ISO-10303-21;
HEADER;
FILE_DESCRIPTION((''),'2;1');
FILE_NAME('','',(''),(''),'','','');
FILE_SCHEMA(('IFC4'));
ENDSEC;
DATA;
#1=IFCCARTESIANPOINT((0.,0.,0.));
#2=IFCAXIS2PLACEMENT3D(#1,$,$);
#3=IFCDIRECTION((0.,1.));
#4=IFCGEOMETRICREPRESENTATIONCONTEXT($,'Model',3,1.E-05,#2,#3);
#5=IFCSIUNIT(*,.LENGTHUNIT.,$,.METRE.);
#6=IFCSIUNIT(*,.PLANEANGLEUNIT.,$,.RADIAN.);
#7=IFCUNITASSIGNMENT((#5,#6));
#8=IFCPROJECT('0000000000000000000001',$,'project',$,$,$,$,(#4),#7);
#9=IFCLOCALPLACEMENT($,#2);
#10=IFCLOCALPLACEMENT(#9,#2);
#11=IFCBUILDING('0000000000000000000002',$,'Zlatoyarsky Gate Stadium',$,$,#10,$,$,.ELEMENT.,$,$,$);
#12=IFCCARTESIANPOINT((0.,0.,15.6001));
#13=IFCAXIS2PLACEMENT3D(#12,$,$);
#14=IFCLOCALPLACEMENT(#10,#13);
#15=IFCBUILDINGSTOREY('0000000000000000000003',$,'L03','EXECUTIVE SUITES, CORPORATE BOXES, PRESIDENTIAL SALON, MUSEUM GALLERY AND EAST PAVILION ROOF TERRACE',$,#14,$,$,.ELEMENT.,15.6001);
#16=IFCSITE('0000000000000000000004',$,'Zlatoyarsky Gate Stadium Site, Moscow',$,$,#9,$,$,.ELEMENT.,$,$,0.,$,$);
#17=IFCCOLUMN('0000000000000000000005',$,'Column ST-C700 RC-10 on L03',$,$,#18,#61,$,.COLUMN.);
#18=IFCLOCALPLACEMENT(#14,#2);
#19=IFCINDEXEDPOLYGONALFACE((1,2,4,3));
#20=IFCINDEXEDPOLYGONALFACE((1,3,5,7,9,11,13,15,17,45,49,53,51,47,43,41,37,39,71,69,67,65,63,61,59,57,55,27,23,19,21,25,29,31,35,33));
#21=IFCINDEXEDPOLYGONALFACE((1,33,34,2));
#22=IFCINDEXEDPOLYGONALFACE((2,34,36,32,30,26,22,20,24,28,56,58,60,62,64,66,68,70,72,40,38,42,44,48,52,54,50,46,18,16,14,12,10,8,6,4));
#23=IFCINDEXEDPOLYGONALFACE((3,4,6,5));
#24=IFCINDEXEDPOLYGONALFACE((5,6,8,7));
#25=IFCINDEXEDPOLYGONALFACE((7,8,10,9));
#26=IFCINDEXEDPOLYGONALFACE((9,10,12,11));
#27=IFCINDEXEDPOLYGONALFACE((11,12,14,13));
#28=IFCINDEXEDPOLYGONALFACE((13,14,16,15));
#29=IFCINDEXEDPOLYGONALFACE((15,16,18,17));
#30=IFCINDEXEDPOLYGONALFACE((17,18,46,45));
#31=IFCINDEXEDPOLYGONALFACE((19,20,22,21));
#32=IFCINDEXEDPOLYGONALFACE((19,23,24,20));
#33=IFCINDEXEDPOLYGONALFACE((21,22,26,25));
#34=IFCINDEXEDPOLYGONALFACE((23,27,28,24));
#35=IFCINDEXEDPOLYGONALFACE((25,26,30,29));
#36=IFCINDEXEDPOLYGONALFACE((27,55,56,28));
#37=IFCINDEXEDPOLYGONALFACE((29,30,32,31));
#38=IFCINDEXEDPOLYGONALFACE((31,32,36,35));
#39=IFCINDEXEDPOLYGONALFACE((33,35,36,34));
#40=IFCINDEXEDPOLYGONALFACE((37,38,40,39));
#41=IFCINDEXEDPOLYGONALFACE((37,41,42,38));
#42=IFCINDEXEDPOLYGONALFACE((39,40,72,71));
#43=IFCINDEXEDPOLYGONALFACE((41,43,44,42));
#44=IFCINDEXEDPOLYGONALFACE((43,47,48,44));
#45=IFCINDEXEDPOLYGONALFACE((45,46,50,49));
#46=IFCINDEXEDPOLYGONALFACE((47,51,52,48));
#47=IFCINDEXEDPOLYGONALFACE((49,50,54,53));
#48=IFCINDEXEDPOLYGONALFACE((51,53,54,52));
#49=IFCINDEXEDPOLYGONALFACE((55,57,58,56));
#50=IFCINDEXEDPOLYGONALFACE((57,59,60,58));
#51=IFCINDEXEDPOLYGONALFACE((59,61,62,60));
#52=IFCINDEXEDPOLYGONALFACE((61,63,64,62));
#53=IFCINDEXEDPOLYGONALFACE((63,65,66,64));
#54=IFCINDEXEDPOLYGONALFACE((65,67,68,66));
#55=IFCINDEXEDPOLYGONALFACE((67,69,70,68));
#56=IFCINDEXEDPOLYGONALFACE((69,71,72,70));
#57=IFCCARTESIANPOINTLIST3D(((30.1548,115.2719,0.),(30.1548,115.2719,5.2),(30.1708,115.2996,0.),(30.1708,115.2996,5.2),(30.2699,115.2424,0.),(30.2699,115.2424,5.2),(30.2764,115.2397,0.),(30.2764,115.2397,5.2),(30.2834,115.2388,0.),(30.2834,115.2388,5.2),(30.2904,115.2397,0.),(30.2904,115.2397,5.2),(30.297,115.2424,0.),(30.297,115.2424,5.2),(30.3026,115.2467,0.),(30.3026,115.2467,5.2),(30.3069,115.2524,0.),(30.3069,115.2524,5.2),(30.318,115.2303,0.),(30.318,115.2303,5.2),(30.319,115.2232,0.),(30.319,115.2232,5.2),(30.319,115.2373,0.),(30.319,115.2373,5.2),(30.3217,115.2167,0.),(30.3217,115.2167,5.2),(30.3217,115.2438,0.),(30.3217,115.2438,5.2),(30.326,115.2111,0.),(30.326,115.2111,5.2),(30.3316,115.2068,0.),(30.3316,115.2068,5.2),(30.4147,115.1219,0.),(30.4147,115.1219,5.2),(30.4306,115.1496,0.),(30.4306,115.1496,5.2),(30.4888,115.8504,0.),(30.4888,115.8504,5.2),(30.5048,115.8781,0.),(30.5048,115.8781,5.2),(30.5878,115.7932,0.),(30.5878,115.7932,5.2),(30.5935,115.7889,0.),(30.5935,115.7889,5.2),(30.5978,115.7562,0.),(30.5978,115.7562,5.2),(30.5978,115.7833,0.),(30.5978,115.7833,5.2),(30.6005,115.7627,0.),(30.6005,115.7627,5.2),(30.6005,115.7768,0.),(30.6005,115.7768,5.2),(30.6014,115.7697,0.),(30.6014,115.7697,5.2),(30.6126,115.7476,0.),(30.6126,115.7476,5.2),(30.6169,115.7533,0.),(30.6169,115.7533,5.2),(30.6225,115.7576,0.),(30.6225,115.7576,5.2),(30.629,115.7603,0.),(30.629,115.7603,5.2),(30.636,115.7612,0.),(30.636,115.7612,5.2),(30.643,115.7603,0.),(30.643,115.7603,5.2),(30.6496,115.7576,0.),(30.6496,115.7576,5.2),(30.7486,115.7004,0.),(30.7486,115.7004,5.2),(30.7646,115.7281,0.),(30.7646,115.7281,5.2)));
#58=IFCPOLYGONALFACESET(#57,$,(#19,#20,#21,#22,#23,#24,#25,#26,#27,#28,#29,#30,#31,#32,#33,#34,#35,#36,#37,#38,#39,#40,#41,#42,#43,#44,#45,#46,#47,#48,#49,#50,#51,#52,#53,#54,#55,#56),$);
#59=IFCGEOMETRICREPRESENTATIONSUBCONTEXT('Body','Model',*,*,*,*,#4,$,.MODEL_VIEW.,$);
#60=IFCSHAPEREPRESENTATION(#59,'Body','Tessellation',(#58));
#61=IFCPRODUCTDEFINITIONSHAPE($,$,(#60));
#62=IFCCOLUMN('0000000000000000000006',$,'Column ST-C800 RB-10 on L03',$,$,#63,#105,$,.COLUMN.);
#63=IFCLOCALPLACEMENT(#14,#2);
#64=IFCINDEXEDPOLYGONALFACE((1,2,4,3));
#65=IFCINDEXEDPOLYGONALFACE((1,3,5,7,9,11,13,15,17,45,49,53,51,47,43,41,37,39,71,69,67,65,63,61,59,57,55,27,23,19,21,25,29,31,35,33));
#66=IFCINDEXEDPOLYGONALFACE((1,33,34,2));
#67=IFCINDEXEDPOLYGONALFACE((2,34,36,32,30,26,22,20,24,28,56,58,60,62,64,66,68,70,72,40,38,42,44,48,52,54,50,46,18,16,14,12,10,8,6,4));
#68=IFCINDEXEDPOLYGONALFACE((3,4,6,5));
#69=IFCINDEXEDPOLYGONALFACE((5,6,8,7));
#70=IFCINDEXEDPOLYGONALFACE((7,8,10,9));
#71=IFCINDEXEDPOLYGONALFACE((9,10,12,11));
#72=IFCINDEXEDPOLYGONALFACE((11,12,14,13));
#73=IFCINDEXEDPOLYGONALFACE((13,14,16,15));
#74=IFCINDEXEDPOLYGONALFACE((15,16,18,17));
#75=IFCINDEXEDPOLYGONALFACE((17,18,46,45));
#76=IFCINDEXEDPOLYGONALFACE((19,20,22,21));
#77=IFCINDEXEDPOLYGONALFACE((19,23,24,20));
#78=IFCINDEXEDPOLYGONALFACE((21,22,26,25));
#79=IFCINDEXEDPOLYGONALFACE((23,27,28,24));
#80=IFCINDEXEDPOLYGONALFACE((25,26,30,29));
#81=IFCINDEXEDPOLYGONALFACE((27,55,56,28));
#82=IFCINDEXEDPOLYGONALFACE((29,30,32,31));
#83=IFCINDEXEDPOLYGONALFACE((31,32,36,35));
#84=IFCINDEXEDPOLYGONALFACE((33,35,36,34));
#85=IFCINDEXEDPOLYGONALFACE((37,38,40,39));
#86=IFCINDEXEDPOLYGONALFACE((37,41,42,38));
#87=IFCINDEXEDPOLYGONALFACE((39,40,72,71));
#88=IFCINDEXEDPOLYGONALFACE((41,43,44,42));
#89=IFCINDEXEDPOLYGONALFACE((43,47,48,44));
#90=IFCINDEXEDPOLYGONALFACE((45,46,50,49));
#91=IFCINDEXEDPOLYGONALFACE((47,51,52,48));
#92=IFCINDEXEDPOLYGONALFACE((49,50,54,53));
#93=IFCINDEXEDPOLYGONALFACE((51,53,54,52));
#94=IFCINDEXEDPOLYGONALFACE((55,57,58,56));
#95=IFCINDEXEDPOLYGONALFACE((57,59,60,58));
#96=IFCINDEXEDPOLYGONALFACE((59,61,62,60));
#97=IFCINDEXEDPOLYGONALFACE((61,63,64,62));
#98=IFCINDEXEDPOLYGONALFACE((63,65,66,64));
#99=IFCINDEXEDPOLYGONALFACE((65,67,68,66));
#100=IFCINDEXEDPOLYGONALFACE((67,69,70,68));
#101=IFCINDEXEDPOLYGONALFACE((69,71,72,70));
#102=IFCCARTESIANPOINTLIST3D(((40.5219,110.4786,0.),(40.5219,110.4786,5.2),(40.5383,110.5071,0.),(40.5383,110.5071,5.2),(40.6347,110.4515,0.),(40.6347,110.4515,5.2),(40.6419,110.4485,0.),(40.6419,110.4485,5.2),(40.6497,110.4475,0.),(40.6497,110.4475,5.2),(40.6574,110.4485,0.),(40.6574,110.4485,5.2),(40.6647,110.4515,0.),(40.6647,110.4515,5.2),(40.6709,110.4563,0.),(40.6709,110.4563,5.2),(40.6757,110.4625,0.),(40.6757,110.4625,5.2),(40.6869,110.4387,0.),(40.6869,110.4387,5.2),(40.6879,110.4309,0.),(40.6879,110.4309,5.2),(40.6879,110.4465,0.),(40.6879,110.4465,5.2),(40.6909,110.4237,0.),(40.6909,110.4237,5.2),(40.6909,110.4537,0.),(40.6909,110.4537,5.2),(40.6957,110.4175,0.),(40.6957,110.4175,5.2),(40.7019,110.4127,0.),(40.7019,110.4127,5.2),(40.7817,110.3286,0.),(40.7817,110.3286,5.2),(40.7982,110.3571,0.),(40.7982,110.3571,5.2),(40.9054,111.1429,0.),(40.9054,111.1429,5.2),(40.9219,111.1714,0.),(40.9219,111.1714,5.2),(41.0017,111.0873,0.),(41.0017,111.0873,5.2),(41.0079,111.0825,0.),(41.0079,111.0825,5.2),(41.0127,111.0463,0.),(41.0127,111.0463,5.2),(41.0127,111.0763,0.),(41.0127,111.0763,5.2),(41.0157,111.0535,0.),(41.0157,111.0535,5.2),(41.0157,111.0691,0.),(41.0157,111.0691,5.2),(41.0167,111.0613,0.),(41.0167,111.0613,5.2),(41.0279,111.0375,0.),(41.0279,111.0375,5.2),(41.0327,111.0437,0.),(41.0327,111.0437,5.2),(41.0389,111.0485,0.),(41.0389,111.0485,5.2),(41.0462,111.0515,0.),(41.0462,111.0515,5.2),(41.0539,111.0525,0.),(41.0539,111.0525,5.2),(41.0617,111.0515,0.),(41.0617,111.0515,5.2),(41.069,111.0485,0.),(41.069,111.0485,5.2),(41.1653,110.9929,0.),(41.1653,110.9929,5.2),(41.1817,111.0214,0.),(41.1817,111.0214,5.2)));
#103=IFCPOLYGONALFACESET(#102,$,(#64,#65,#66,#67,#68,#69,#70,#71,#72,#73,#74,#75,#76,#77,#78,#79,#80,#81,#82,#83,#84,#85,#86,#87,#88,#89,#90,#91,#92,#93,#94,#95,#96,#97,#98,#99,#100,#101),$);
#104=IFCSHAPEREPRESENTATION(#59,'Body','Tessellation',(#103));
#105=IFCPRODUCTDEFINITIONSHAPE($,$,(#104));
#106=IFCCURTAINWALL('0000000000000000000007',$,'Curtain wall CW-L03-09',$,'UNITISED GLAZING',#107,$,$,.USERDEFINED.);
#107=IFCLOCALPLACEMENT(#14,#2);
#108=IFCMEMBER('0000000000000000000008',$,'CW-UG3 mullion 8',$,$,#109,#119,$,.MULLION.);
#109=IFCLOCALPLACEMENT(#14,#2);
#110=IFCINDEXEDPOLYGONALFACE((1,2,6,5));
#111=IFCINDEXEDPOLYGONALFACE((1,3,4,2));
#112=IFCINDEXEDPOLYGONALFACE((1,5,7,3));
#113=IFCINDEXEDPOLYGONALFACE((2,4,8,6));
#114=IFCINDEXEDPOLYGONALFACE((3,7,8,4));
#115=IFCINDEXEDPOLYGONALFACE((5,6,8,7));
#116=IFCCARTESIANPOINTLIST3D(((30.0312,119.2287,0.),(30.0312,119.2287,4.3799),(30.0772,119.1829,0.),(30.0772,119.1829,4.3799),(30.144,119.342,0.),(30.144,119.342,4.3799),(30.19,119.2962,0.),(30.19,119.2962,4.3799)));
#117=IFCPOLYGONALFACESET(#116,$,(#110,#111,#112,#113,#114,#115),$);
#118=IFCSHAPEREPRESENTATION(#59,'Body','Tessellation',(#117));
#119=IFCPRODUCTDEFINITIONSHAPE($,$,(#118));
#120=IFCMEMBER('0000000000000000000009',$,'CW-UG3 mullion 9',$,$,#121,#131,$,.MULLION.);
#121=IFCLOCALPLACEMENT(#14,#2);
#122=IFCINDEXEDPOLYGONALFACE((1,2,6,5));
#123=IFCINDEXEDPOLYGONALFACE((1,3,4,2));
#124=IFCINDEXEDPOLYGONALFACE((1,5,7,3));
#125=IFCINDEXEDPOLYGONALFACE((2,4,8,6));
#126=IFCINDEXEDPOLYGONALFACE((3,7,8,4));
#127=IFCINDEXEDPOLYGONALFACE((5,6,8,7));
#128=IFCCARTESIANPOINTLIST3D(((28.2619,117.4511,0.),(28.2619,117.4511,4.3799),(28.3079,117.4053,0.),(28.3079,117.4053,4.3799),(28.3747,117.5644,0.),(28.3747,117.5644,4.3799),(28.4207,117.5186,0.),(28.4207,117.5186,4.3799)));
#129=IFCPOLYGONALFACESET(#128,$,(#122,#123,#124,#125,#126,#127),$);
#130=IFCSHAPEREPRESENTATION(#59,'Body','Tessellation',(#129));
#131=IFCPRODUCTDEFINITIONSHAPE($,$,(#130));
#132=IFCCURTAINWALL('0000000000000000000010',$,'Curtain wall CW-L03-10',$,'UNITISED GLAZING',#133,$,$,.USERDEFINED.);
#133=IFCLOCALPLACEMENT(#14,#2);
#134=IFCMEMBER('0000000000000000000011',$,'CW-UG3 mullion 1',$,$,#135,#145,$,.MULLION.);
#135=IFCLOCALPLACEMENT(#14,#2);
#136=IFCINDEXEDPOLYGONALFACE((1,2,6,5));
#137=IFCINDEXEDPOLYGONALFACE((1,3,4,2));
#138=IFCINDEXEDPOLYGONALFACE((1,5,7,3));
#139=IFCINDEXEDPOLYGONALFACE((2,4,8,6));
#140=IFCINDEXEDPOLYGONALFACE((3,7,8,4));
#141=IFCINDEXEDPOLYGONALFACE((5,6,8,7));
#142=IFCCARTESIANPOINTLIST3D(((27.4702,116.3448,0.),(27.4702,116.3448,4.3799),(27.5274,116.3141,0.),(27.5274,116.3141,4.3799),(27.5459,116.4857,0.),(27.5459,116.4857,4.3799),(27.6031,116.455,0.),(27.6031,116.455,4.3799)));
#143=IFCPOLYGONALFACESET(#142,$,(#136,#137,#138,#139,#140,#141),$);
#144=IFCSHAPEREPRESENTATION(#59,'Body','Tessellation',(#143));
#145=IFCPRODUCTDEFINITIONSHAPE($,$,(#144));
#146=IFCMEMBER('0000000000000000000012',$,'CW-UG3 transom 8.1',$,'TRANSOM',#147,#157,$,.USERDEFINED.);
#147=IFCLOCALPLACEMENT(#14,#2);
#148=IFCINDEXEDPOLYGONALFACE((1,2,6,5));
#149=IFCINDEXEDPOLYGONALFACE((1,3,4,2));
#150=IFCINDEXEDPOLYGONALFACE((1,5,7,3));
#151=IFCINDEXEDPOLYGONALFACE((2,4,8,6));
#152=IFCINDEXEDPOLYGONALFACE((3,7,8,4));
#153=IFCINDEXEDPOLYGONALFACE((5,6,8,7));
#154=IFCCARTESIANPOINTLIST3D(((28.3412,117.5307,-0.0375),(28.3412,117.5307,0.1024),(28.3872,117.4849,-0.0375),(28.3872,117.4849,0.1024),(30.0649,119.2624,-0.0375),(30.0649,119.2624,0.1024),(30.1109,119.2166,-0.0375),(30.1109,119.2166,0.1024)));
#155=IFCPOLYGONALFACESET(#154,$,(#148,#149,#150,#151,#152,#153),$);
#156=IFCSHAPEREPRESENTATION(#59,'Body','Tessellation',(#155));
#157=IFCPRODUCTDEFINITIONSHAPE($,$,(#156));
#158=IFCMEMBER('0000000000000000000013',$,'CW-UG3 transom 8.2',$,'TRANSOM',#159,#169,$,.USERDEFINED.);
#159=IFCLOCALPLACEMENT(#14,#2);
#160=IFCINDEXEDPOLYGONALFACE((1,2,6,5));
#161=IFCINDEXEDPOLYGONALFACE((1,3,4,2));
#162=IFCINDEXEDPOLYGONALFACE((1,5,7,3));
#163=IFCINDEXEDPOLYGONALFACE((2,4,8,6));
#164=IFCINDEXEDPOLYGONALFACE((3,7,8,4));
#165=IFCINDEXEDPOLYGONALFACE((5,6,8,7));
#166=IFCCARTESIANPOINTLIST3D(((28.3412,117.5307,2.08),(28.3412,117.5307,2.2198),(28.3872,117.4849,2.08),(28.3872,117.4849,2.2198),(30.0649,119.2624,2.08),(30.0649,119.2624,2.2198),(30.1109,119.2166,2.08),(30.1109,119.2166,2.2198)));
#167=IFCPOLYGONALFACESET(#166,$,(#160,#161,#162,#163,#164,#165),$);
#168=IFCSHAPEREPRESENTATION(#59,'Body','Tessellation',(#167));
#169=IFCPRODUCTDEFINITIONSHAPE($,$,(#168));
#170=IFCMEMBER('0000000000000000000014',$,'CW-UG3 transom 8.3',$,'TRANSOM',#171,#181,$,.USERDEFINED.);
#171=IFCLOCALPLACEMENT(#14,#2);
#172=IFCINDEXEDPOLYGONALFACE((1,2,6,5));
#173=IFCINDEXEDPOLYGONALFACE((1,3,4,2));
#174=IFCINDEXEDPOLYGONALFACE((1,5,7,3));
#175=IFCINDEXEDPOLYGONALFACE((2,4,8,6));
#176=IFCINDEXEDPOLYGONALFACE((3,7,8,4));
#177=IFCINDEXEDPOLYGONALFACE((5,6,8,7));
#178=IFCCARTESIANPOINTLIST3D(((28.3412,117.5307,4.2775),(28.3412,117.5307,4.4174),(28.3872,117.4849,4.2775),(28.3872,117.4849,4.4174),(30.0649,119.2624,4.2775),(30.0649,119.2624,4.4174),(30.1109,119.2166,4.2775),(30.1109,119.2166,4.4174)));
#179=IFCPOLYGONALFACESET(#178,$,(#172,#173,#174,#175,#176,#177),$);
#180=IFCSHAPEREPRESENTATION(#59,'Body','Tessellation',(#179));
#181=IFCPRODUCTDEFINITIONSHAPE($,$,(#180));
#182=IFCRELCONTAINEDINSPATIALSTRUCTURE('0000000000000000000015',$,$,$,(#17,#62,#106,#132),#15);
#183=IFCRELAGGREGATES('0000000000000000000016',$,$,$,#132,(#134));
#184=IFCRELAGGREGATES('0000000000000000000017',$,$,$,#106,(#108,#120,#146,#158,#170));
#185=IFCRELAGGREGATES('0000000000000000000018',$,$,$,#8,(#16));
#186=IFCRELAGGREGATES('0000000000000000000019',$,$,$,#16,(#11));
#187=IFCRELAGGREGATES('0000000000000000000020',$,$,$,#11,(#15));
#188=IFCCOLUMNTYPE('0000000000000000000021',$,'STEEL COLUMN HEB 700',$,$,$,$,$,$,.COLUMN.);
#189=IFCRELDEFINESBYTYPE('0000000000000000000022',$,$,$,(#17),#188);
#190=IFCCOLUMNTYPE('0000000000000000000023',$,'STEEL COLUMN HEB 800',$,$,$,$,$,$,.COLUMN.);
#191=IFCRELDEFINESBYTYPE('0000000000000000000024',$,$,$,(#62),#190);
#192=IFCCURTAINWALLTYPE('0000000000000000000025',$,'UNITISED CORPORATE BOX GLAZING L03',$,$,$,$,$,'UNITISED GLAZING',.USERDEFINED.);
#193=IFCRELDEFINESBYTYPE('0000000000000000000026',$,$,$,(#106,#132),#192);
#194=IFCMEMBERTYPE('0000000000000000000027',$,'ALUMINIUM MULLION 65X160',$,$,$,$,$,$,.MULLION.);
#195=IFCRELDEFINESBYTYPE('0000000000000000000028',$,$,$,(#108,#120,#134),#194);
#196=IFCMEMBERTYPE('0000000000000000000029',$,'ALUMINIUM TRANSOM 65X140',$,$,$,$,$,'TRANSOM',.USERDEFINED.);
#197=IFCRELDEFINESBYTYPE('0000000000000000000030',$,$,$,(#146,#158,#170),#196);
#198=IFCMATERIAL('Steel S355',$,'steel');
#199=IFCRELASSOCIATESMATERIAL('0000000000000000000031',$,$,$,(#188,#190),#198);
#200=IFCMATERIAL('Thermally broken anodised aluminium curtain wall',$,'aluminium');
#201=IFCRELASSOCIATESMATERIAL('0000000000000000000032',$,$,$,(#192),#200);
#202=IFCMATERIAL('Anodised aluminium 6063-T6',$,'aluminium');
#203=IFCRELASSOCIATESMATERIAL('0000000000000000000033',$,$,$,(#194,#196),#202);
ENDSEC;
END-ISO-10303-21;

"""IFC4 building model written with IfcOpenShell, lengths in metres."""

from ifc_helpers import new_model, si_unit, direction, frame, origin, origin_2d, place, context, subcontext, project, spatial, rectangle, i_section, extrude, material, material_profile, profile_set, type_object, element, aggregate, save


model = new_model("IFC4")

# Units and contexts
model_context = context("Model", 3, precision=1e-05, world=origin(), true_north=direction((0.0, 1.0)))
body_context = subcontext(model_context, "Body", "Model", "MODEL_VIEW")
ifc_project = project(units=[si_unit("LENGTHUNIT", "METRE"), si_unit("PLANEANGLEUNIT", "RADIAN")], contexts=[model_context])

# Site, building, storey
site_placement = place(None, origin())
site = spatial("IfcSite", under=ifc_project, at=site_placement, Name="Zlatoyarsky Gate Stadium Site, Moscow", CompositionType="ELEMENT", RefElevation=0.0)
building_placement = place(site_placement, origin())
building = spatial("IfcBuilding", under=site, at=building_placement, Name="Zlatoyarsky Gate Stadium", CompositionType="ELEMENT")
storey_placement = place(building_placement, frame((0.0, 0.0, 15.6001)))
storey = spatial("IfcBuildingStorey", under=building, at=storey_placement, Name="L03", Description="EXECUTIVE SUITES, CORPORATE BOXES, PRESIDENTIAL SALON, MUSEUM GALLERY AND EAST PAVILION ROOF TERRACE", CompositionType="ELEMENT", Elevation=15.6001)

# Columns
ifc_material_1 = material(Name="Steel S355", Category="steel")
ifc_material_profile_1 = material_profile(ifc_material_1, i_section(OverallWidth=0.3, OverallDepth=0.7, WebThickness=0.0171, FlangeThickness=0.032, FilletRadius=0.0271, at=origin_2d()), Name="HEB 700")
ifc_profile_set_1 = profile_set([ifc_material_profile_1], Name="Steel S355")
column_type_1 = type_object("IfcColumnType", Name="STEEL COLUMN HEB 700", PredefinedType="COLUMN", material=ifc_profile_set_1)
column_1_placement = place(storey_placement, frame((30.4597, 115.5, 0.0), z_axis=(0.0, 0.0, 1.0), x_axis=(-0.866025, 0.5, 0.0)))
element("IfcColumn", 1, at=column_1_placement, inside=storey, type_object=column_type_1, Name="Column ST-C700 RC-10 on L03", PredefinedType="COLUMN", context=body_context, shape_type="SweptSolid", body=[
    extrude(i_section(OverallWidth=0.3, OverallDepth=0.7, WebThickness=0.0171, FlangeThickness=0.032, FilletRadius=0.0271, at=origin_2d()), origin(), (0.0, 0.0, 1.0), 5.2),
])
ifc_material_profile_2 = material_profile(ifc_material_1, i_section(OverallWidth=0.3, OverallDepth=0.8, WebThickness=0.0176, FlangeThickness=0.033, FilletRadius=0.03, at=origin_2d()), Name="HEB 800")
ifc_profile_set_2 = profile_set([ifc_material_profile_2], Name="Steel S355")
column_type_2 = type_object("IfcColumnType", Name="STEEL COLUMN HEB 800", PredefinedType="COLUMN", material=ifc_profile_set_2)
column_2_placement = place(storey_placement, frame((40.8518, 110.75, 0.0), z_axis=(0.0, 0.0, 1.0), x_axis=(-0.866025, 0.5, 0.0)))
element("IfcColumn", 2, at=column_2_placement, inside=storey, type_object=column_type_2, Name="Column ST-C800 RB-10 on L03", PredefinedType="COLUMN", context=body_context, shape_type="SweptSolid", body=[
    extrude(i_section(OverallWidth=0.3, OverallDepth=0.8, WebThickness=0.0176, FlangeThickness=0.033, FilletRadius=0.03, at=origin_2d()), origin(), (0.0, 0.0, 1.0), 5.2),
])

# Curtain wall, members
ifc_material_2 = material(Name="Thermally broken anodised aluminium curtain wall", Category="aluminium")
curtain_wall_type = type_object("IfcCurtainWallType", Name="UNITISED CORPORATE BOX GLAZING L03", ElementType="UNITISED GLAZING", PredefinedType="USERDEFINED", material=ifc_material_2)
curtain_wall_1_placement = place(storey_placement, origin())
curtain_wall_1 = element("IfcCurtainWall", 3, at=curtain_wall_1_placement, inside=storey, type_object=curtain_wall_type, Name="Curtain wall CW-L03-09", ObjectType="UNITISED GLAZING", PredefinedType="USERDEFINED")
ifc_material_3 = material(Name="Anodised aluminium 6063-T6", Category="aluminium")
ifc_material_profile_3 = material_profile(ifc_material_3, rectangle(XDim=0.0649, YDim=0.1599, at=origin_2d()), Name="ALU 65X160")
ifc_profile_set_3 = profile_set([ifc_material_profile_3], Name="Anodised aluminium 6063-T6")
member_type_1 = type_object("IfcMemberType", Name="ALUMINIUM MULLION 65X160", PredefinedType="MULLION", material=ifc_profile_set_3)
member_1_placement = place(storey_placement, frame((30.1106, 119.2625, 0.0), z_axis=(0.0, 0.0, 1.0), x_axis=(0.708721, -0.705489, 0.0)))
member_1 = element("IfcMember", 4, at=member_1_placement, type_object=member_type_1, Name="CW-UG3 mullion 8", PredefinedType="MULLION", context=body_context, shape_type="SweptSolid", body=[
    extrude(rectangle(XDim=0.0649, YDim=0.1599, at=origin_2d()), origin(), (0.0, 0.0, 1.0), 4.3799),
])
member_2_placement = place(storey_placement, frame((28.3413, 117.4849, 0.0), z_axis=(0.0, 0.0, 1.0), x_axis=(0.708721, -0.705489, 0.0)))
member_2 = element("IfcMember", 5, at=member_2_placement, type_object=member_type_1, Name="CW-UG3 mullion 9", PredefinedType="MULLION", context=body_context, shape_type="SweptSolid", body=[
    extrude(rectangle(XDim=0.0649, YDim=0.1599, at=origin_2d()), origin(), (0.0, 0.0, 1.0), 4.3799),
])

# Curtain wall, member
curtain_wall_2_placement = place(storey_placement, origin())
curtain_wall_2 = element("IfcCurtainWall", 6, at=curtain_wall_2_placement, inside=storey, type_object=curtain_wall_type, Name="Curtain wall CW-L03-10", ObjectType="UNITISED GLAZING", PredefinedType="USERDEFINED")
member_3_placement = place(storey_placement, frame((27.5366, 116.3999, 0.0), z_axis=(0.0, 0.0, 1.0), x_axis=(0.880877, -0.473345, 0.0)))
member_3 = element("IfcMember", 7, at=member_3_placement, type_object=member_type_1, Name="CW-UG3 mullion 1", PredefinedType="MULLION", context=body_context, shape_type="SweptSolid", body=[
    extrude(rectangle(XDim=0.0649, YDim=0.1599, at=origin_2d()), origin(), (0.0, 0.0, 1.0), 4.3799),
])
aggregate(curtain_wall_2, [member_3])

# Members
ifc_material_profile_4 = material_profile(ifc_material_3, rectangle(XDim=0.0649, YDim=0.1399, at=origin_2d()), Name="ALU 65X140")
ifc_profile_set_4 = profile_set([ifc_material_profile_4], Name="Anodised aluminium 6063-T6")
member_type_2 = type_object("IfcMemberType", Name="ALUMINIUM TRANSOM 65X140", ElementType="TRANSOM", PredefinedType="USERDEFINED", material=ifc_profile_set_4)
member_4_placement = place(storey_placement, frame((30.0879, 119.2395, 0.0325), z_axis=(-0.705456, -0.708754, 0.0), x_axis=(0.708754, -0.705456, 0.0)))
member_4 = element("IfcMember", 8, at=member_4_placement, type_object=member_type_2, Name="CW-UG3 transom 8.1", ObjectType="TRANSOM", PredefinedType="USERDEFINED", context=body_context, shape_type="SweptSolid", body=[
    extrude(rectangle(XDim=0.0649, YDim=0.1399, at=origin_2d()), origin(), (0.0, 0.0, 1.0), 2.4434),
])
member_5_placement = place(storey_placement, frame((30.0879, 119.2395, 2.1499), z_axis=(-0.705456, -0.708754, 0.0), x_axis=(0.708754, -0.705456, 0.0)))
member_5 = element("IfcMember", 9, at=member_5_placement, type_object=member_type_2, Name="CW-UG3 transom 8.2", ObjectType="TRANSOM", PredefinedType="USERDEFINED", context=body_context, shape_type="SweptSolid", body=[
    extrude(rectangle(XDim=0.0649, YDim=0.1399, at=origin_2d()), origin(), (0.0, 0.0, 1.0), 2.4434),
])
member_6_placement = place(storey_placement, frame((30.0879, 119.2395, 4.3474), z_axis=(-0.705456, -0.708754, 0.0), x_axis=(0.708754, -0.705456, 0.0)))
member_6 = element("IfcMember", 10, at=member_6_placement, type_object=member_type_2, Name="CW-UG3 transom 8.3", ObjectType="TRANSOM", PredefinedType="USERDEFINED", context=body_context, shape_type="SweptSolid", body=[
    extrude(rectangle(XDim=0.0649, YDim=0.1399, at=origin_2d()), origin(), (0.0, 0.0, 1.0), 2.4434),
])

aggregate(curtain_wall_1, [member_1, member_2, member_4, member_5, member_6])

save(model, "model.ifc")
